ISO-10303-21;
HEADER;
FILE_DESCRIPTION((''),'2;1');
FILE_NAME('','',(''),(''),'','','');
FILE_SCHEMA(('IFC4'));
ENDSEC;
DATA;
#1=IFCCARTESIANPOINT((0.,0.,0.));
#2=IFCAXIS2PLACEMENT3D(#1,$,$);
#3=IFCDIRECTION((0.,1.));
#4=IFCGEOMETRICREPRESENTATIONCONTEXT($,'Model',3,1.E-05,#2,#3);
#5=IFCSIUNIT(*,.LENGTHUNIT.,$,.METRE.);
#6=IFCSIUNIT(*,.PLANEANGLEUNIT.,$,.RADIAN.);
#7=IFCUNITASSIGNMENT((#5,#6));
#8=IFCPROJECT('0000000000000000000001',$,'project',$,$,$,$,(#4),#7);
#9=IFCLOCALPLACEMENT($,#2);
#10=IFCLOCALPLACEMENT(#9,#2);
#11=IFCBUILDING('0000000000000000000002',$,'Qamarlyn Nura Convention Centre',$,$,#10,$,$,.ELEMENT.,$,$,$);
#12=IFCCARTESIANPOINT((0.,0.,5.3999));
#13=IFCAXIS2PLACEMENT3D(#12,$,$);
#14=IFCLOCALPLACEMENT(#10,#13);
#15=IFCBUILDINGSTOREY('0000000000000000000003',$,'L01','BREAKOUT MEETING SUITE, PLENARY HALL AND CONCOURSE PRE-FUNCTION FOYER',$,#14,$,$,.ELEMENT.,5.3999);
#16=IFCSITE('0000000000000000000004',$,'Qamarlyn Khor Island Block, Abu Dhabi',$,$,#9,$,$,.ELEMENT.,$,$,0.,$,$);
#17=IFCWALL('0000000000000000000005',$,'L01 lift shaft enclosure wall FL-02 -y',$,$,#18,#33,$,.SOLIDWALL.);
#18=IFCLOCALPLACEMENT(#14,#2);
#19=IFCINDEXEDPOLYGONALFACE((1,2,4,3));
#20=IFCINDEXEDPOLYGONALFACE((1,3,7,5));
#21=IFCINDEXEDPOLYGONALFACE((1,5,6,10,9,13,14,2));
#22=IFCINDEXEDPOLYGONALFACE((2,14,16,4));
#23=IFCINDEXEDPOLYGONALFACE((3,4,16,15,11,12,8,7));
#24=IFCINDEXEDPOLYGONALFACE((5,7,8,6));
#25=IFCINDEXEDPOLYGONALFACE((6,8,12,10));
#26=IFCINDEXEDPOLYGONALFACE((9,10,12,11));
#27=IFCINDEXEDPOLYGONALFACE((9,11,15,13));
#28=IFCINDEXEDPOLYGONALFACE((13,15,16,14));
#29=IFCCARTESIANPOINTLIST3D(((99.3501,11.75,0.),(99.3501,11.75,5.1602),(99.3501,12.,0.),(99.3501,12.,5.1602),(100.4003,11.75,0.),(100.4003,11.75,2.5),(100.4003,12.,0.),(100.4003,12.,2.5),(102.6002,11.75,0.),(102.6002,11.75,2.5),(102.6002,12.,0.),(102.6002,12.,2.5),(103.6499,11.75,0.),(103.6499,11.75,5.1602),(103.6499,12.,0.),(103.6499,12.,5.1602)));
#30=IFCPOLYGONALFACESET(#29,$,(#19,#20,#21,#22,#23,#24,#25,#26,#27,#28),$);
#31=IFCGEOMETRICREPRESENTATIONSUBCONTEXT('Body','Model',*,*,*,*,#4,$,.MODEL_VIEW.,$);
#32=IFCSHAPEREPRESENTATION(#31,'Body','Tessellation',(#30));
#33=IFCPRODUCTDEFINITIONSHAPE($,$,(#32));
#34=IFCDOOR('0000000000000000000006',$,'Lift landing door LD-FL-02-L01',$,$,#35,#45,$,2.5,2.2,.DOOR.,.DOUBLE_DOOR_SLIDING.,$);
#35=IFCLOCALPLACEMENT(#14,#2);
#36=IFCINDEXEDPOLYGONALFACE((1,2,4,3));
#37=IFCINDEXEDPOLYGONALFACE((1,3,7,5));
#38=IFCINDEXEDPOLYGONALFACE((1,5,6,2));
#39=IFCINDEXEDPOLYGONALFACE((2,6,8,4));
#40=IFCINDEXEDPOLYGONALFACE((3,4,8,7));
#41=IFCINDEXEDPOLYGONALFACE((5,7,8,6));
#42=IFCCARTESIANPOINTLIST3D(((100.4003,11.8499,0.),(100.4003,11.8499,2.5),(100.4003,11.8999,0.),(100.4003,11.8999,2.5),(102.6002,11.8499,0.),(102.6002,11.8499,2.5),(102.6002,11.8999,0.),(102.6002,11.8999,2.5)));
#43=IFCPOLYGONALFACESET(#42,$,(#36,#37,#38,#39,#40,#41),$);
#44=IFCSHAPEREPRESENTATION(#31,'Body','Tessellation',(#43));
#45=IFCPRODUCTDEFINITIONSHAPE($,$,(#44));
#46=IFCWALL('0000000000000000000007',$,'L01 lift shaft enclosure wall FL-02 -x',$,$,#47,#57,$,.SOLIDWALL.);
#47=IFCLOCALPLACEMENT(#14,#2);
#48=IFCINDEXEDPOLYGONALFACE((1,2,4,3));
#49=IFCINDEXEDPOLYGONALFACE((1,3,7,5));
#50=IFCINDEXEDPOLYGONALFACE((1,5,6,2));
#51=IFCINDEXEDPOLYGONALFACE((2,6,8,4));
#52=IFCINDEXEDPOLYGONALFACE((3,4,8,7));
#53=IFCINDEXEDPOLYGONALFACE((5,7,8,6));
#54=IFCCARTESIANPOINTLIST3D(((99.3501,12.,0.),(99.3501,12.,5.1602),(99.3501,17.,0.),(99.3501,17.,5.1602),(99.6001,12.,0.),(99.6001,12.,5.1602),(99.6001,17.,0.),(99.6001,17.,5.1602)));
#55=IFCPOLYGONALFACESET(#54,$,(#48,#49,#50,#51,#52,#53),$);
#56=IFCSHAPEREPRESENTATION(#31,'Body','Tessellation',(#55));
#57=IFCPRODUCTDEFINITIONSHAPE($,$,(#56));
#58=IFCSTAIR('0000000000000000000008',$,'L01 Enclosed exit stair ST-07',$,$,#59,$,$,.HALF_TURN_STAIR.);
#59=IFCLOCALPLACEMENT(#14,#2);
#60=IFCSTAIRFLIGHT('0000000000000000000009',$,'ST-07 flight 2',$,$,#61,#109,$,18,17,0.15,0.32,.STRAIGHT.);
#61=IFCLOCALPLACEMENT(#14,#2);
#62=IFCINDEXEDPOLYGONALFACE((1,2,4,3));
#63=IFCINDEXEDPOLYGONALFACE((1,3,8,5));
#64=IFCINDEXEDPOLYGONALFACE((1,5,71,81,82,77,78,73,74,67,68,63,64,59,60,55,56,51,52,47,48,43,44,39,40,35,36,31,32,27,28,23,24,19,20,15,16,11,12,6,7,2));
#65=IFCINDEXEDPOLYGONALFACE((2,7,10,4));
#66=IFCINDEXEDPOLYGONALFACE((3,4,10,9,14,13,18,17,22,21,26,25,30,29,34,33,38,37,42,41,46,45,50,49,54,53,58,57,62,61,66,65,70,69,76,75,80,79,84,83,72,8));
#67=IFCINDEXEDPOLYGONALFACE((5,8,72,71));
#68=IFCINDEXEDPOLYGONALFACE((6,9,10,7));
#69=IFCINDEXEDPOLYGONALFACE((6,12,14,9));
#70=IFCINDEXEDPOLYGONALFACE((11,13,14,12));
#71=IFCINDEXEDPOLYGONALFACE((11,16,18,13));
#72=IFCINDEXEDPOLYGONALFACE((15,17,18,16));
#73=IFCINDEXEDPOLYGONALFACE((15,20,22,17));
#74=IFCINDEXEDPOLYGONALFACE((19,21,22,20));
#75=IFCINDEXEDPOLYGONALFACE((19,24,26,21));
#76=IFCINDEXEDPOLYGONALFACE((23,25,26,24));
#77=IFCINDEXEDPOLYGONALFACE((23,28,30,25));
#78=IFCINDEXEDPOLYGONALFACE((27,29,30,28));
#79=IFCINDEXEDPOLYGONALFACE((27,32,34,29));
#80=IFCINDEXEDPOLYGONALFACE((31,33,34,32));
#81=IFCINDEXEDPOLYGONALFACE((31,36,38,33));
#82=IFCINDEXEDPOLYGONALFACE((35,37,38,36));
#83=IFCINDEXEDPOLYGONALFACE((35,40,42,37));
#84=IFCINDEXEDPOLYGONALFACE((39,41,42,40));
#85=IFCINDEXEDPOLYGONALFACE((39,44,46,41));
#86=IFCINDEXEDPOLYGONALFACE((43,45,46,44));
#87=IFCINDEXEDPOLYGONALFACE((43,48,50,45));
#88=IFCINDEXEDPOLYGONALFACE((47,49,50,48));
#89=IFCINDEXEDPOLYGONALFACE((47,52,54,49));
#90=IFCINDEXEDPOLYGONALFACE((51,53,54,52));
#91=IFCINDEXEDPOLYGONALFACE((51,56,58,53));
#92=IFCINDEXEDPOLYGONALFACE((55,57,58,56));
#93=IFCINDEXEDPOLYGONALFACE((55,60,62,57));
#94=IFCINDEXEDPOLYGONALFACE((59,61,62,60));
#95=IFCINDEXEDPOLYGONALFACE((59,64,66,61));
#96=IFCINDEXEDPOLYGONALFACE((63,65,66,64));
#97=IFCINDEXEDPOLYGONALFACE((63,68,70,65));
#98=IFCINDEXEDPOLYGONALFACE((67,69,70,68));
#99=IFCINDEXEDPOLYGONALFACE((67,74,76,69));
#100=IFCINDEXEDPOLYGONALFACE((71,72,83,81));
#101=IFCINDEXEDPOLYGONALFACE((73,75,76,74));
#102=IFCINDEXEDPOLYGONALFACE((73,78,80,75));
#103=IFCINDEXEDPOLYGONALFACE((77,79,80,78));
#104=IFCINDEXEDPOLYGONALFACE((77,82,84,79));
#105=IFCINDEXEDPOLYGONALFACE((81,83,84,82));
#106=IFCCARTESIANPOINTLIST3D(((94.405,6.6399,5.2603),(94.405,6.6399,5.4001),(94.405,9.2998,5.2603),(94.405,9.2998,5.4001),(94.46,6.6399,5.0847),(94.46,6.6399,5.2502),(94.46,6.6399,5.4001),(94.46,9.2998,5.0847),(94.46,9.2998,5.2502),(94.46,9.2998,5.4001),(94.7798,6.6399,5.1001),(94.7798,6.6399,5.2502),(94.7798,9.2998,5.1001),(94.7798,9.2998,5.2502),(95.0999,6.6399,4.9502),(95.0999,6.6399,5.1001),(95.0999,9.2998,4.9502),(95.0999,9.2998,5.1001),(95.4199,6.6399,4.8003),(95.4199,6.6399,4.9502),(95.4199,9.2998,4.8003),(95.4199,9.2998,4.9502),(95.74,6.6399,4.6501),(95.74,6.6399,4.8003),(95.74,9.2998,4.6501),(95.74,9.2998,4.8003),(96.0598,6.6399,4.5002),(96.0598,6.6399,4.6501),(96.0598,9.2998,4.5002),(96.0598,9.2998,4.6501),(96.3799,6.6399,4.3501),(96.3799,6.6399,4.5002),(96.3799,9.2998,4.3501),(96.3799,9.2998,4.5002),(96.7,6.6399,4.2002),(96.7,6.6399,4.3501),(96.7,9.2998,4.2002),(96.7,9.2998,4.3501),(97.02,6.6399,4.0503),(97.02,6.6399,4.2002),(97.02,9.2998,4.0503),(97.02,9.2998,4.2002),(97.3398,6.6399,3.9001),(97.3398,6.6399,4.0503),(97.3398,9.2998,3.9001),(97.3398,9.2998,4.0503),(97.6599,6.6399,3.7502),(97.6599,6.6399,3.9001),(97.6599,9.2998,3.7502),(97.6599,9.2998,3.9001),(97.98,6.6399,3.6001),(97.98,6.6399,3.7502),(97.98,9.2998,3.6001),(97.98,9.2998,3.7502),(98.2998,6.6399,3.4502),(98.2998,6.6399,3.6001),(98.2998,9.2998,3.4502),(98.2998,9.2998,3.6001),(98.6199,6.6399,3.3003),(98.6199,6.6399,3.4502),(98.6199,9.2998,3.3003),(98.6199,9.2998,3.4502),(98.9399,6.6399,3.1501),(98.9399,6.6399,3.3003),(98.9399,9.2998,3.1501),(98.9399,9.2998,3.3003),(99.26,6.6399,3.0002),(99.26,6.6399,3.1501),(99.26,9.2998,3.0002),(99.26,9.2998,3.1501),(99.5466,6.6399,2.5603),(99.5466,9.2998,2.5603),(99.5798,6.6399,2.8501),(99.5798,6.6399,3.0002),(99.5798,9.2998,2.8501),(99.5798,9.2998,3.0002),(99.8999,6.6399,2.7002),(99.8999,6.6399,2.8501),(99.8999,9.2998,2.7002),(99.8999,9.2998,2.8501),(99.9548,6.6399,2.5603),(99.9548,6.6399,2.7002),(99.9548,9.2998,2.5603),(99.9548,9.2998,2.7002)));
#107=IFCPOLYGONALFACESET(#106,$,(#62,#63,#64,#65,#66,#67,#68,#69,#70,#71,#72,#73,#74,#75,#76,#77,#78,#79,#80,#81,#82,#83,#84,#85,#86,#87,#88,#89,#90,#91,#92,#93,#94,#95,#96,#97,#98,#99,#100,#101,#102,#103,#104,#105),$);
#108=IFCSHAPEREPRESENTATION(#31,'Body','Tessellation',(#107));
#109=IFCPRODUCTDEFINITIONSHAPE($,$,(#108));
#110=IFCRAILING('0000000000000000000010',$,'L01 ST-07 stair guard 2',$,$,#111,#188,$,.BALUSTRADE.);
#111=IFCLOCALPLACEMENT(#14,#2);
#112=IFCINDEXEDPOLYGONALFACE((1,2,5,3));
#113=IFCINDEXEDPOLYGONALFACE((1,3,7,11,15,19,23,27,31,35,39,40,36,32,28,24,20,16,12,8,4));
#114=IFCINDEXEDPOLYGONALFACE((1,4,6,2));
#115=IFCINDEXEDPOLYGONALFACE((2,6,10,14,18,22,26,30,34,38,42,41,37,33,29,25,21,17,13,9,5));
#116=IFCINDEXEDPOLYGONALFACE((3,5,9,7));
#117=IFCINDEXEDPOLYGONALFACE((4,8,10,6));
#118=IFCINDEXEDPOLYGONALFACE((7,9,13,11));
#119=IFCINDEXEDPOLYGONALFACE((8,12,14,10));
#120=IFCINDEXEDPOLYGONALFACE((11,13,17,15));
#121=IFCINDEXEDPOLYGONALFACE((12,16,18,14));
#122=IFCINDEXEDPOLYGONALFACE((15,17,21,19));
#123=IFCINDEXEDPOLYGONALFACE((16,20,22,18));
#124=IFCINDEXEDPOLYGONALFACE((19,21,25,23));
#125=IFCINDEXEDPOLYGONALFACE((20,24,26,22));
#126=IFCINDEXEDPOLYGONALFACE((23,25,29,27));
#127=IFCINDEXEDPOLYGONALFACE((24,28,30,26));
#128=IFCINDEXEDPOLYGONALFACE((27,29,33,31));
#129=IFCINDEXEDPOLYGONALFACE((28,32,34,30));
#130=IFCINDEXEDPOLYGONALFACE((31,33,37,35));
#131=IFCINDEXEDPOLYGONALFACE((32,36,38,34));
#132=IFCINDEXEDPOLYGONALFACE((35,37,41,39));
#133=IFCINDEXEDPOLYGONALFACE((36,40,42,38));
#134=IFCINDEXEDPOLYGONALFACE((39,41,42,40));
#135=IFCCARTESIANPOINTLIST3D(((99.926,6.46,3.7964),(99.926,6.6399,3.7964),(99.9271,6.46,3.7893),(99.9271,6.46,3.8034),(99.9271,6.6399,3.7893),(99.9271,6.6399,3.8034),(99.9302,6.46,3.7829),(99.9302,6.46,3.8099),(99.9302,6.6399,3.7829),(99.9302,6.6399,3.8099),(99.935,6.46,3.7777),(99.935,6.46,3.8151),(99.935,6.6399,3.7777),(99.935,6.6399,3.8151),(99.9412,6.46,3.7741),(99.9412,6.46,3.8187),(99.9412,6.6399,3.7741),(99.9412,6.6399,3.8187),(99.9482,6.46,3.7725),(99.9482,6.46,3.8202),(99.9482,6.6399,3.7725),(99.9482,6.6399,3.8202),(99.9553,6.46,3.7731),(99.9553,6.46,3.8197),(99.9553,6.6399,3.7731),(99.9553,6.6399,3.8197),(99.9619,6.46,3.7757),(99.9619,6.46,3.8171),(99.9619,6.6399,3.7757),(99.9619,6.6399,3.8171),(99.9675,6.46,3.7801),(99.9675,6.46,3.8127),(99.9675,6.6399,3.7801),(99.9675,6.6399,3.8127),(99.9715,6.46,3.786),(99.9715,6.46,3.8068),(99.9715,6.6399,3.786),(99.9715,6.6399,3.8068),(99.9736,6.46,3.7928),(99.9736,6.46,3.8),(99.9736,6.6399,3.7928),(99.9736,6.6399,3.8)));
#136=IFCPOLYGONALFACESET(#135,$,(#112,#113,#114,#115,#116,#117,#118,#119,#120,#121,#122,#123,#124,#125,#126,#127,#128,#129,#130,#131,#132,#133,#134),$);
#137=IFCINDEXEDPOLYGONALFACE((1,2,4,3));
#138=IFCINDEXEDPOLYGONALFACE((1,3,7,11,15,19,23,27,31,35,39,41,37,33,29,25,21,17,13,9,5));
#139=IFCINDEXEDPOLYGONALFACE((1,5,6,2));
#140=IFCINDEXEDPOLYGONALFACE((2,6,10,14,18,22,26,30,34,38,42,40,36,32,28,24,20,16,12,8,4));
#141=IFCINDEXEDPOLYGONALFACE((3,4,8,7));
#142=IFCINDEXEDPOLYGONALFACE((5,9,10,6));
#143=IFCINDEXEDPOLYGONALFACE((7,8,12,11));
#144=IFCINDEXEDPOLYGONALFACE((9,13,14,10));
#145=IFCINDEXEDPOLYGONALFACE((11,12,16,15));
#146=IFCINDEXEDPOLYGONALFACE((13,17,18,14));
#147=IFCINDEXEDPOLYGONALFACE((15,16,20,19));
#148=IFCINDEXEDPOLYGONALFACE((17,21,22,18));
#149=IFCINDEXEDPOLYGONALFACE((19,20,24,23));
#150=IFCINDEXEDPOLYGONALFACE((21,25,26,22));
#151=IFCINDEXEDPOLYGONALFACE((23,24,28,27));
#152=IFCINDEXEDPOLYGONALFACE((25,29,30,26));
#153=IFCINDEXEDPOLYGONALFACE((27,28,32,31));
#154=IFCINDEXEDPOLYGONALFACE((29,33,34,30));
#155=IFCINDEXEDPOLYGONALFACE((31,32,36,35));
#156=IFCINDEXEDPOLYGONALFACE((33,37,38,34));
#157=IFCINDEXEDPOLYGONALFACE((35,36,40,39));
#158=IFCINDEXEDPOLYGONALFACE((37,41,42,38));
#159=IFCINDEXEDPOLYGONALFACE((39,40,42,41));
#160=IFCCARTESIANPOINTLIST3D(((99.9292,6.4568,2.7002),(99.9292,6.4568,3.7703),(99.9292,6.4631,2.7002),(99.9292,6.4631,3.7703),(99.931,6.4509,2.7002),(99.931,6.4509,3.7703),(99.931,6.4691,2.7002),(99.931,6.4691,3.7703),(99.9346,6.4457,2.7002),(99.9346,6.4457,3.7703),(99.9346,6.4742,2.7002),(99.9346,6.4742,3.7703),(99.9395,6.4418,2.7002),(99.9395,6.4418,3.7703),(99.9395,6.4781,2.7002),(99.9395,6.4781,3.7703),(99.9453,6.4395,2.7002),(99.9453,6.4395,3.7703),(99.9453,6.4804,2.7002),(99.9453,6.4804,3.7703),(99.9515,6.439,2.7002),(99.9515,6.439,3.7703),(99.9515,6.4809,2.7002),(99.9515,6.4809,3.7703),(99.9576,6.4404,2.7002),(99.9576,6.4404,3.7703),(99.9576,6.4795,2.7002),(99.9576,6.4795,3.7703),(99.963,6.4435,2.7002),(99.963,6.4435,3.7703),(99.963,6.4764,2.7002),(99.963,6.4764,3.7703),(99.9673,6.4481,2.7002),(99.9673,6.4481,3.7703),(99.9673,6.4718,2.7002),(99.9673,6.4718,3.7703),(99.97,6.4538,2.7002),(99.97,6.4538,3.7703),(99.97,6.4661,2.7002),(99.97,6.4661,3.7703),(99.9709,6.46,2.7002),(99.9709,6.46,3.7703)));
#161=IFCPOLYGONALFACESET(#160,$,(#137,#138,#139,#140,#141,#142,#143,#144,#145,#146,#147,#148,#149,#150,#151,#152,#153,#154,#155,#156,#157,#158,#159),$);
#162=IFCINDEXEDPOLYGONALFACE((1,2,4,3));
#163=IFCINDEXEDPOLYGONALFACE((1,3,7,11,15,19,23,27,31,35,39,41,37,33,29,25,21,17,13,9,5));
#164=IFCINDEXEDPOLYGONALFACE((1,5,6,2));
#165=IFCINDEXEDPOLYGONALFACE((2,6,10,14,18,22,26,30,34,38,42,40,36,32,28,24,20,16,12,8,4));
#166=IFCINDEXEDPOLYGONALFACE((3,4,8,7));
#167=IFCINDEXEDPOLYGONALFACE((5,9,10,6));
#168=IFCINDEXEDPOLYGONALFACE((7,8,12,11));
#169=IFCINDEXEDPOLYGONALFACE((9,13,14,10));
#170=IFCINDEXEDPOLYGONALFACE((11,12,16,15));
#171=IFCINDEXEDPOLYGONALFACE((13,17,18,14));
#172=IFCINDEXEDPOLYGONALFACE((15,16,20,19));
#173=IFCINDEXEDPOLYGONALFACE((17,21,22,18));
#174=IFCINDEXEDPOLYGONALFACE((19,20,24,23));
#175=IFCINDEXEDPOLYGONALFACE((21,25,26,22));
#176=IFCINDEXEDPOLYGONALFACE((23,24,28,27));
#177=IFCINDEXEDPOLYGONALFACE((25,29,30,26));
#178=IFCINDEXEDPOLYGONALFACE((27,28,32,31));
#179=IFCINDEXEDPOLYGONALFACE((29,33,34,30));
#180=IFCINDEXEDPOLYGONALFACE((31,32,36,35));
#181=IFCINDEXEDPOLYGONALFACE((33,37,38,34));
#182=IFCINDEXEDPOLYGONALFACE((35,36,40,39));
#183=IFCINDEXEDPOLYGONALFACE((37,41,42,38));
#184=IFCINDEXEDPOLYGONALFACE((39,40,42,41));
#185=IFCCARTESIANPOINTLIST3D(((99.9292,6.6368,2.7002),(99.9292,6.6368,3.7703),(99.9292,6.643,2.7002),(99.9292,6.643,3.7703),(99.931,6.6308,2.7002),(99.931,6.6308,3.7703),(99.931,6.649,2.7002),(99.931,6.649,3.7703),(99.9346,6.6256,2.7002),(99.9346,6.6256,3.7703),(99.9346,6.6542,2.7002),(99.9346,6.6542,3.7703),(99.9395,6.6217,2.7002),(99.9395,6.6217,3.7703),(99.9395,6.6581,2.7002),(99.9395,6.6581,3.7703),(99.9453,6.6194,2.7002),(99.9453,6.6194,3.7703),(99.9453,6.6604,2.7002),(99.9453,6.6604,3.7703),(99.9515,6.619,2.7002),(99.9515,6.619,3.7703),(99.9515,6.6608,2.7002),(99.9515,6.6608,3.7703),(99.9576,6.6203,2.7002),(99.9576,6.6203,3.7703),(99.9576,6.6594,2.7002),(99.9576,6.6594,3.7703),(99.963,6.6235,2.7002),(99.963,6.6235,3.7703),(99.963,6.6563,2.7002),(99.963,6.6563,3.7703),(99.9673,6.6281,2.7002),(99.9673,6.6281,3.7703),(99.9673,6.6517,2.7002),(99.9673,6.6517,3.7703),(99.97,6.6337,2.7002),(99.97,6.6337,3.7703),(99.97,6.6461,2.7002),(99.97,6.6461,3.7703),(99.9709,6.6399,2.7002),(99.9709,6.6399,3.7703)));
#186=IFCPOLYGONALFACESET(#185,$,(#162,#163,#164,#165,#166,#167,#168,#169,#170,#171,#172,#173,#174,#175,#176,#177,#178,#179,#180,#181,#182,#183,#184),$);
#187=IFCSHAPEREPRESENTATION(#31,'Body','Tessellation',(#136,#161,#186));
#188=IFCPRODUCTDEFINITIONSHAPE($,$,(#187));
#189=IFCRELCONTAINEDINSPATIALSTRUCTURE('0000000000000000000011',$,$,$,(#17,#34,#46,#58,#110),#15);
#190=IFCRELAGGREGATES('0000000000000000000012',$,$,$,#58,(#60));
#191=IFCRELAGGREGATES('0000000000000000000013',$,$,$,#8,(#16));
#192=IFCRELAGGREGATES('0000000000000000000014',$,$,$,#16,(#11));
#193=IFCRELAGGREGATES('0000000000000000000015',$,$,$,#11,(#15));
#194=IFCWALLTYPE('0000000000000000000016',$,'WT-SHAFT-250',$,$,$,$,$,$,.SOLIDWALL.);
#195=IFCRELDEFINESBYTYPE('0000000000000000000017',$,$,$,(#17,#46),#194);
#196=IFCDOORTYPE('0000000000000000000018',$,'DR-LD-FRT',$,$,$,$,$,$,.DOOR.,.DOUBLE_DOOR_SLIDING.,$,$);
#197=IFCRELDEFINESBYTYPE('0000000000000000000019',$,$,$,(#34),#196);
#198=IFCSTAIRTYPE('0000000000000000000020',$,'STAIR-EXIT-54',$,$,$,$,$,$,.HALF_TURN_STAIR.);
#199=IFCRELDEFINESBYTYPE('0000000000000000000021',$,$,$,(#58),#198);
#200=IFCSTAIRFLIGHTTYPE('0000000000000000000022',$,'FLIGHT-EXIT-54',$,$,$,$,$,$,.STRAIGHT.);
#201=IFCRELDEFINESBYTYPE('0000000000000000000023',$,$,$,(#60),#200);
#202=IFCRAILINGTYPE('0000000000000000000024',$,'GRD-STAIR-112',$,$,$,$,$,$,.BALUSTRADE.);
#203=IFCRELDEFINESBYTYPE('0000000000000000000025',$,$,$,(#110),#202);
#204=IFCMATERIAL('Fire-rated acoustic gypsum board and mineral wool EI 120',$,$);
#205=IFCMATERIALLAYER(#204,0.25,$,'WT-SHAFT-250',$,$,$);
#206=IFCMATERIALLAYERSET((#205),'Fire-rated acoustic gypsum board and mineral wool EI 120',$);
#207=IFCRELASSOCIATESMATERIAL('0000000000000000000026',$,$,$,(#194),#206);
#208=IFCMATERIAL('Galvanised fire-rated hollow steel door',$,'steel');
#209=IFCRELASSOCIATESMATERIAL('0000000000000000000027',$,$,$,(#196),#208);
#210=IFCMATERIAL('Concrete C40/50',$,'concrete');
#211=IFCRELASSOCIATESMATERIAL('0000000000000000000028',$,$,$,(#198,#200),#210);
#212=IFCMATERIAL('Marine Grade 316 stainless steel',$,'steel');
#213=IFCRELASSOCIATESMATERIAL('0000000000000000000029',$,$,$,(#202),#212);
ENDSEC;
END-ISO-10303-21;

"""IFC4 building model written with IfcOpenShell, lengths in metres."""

from ifc_helpers import new_model, si_unit, direction, frame, frame_2d, origin, origin_2d, place, context, subcontext, project, spatial, polyline, rectangle, circle, outline, extrude, material, layer, layer_set, type_object, element, fill, aggregate, save


model = new_model("IFC4")

# Units and contexts
model_context = context("Model", 3, precision=1e-05, world=origin(), true_north=direction((0.0, 1.0)))
body_context = subcontext(model_context, "Body", "Model", "MODEL_VIEW")
ifc_project = project(units=[si_unit("LENGTHUNIT", "METRE"), si_unit("PLANEANGLEUNIT", "RADIAN")], contexts=[model_context])

# Site, building, storey
site_placement = place(None, origin())
site = spatial("IfcSite", under=ifc_project, at=site_placement, Name="Qamarlyn Khor Island Block, Abu Dhabi", CompositionType="ELEMENT", RefElevation=0.0)
building_placement = place(site_placement, origin())
building = spatial("IfcBuilding", under=site, at=building_placement, Name="Qamarlyn Nura Convention Centre", CompositionType="ELEMENT")
storey_placement = place(building_placement, frame((0.0, 0.0, 5.3999)))
storey = spatial("IfcBuildingStorey", under=building, at=storey_placement, Name="L01", Description="BREAKOUT MEETING SUITE, PLENARY HALL AND CONCOURSE PRE-FUNCTION FOYER", CompositionType="ELEMENT", Elevation=5.3999)

# Wall, opening, door
ifc_material_1 = material(Name="Fire-rated acoustic gypsum board and mineral wool EI 120")
ifc_layer_1 = layer(ifc_material_1, 0.25, Name="WT-SHAFT-250")
ifc_layer_set_1 = layer_set([ifc_layer_1], Name="Fire-rated acoustic gypsum board and mineral wool EI 120")
wall_type_1 = type_object("IfcWallType", Name="WT-SHAFT-250", PredefinedType="SOLIDWALL", material=ifc_layer_set_1)
wall_1_placement = place(storey_placement, frame((99.3501, 11.875, 0.0), z_axis=(0.0, 0.0, 1.0), x_axis=(1.0, 0.0, 0.0)))
wall_1 = element("IfcWall", 1, at=wall_1_placement, inside=storey, type_object=wall_type_1, Name="L01 lift shaft enclosure wall FL-02 -y", PredefinedType="SOLIDWALL", context=body_context, shape_type="SweptSolid", body=[
    extrude(rectangle(XDim=4.2998, YDim=0.25, at=frame_2d((2.1499, 0.0))), origin(), (0.0, 0.0, 1.0), 5.1602),
])
opening_placement = place(wall_1_placement, frame((1.05, 0.0, 0.0)))
opening = element("IfcOpeningElement", 2, at=opening_placement, cuts=wall_1, PredefinedType="OPENING", context=body_context, shape_type="SweptSolid", body=[
    extrude(rectangle(XDim=2.2, YDim=2.5, at=frame_2d((1.1001, 1.25))), frame((0.0, 0.135, 0.0), z_axis=(0.0, -1.0, 0.0), x_axis=(1.0, 0.0, 0.0)), (0.0, 0.0, 1.0), 0.27),
])
ifc_material_2 = material(Name="Galvanised fire-rated hollow steel door", Category="steel")
door_type = type_object("IfcDoorType", Name="DR-LD-FRT", OperationType="DOUBLE_DOOR_SLIDING", PredefinedType="DOOR", material=ifc_material_2)
door_placement = place(opening_placement, origin())
door = element("IfcDoor", 3, at=door_placement, inside=storey, type_object=door_type, Name="Lift landing door LD-FL-02-L01", OperationType="DOUBLE_DOOR_SLIDING", OverallHeight=2.5, OverallWidth=2.2, PredefinedType="DOOR", context=body_context, shape_type="SweptSolid", body=[
    extrude(rectangle(XDim=2.2, YDim=2.5, at=frame_2d((1.1001, 1.25))), frame((0.0, 0.0249, 0.0), z_axis=(0.0, -1.0, 0.0), x_axis=(1.0, 0.0, 0.0)), (0.0, 0.0, 1.0), 0.05),
])
fill(opening, door)

# Wall
wall_2_placement = place(storey_placement, frame((99.4751, 17.0, 0.0), z_axis=(0.0, 0.0, 1.0), x_axis=(0.0, -1.0, 0.0)))
element("IfcWall", 4, at=wall_2_placement, inside=storey, type_object=wall_type_1, Name="L01 lift shaft enclosure wall FL-02 -x", PredefinedType="SOLIDWALL", context=body_context, shape_type="SweptSolid", body=[
    extrude(rectangle(XDim=5.0, YDim=0.25, at=frame_2d((2.5, 0.0))), origin(), (0.0, 0.0, 1.0), 5.1602),
])

# Stair, stair flight
ifc_material_3 = material(Name="Concrete C40/50", Category="concrete")
stair_type = type_object("IfcStairType", Name="STAIR-EXIT-54", PredefinedType="HALF_TURN_STAIR", material=ifc_material_3)
stair_placement = place(storey_placement, origin())
stair = element("IfcStair", 5, at=stair_placement, inside=storey, type_object=stair_type, Name="L01 Enclosed exit stair ST-07", PredefinedType="HALF_TURN_STAIR")
stair_flight_type = type_object("IfcStairFlightType", Name="FLIGHT-EXIT-54", PredefinedType="STRAIGHT", material=ifc_material_3)
stair_flight_placement = place(storey_placement, frame((99.8999, 7.97, 2.7002), z_axis=(0.0, 0.0, 1.0), x_axis=(-1.0, 0.0, 0.0)))
stair_flight = element("IfcStairFlight", 6, at=stair_flight_placement, type_object=stair_flight_type, Name="ST-07 flight 2", NumberOfRisers=18, NumberOfTreads=17, PredefinedType="STRAIGHT", RiserHeight=0.15, TreadLength=0.32, context=body_context, shape_type="SweptSolid", body=[
    extrude(outline(polyline([(-0.0549, 0.0), (0.0, 0.0), (0.0, 0.1499), (0.3201, 0.1499), (0.3201, 0.3), (0.6399, 0.3), (0.6399, 0.45), (0.96, 0.45), (0.96, 0.6001), (1.28, 0.6001), (1.28, 0.75), (1.6001, 0.75), (1.6001, 0.8999), (1.9199, 0.8999), (1.9199, 1.05), (2.24, 1.05), (2.24, 1.2), (2.5601, 1.2), (2.5601, 1.3501), (2.8799, 1.3501), (2.8799, 1.5), (3.2, 1.5), (3.2, 1.6499), (3.52, 1.6499), (3.52, 1.8), (3.8401, 1.8), (3.8401, 1.95), (4.1599, 1.95), (4.1599, 2.1001), (4.48, 2.1001), (4.48, 2.25), (4.8, 2.25), (4.8, 2.3999), (5.1201, 2.3999), (5.1201, 2.55), (5.4399, 2.55), (5.4399, 2.7), (5.4949, 2.7), (5.4949, 2.5601), (5.4399, 2.3845), (0.3533, -0.1399), (-0.0549, -0.1399), (-0.0549, 0.0)])), frame((0.0, 1.3301, 0.0), z_axis=(0.0, -1.0, 0.0), x_axis=(1.0, 0.0, 0.0)), (0.0, 0.0, 1.0), 2.6599),
])
aggregate(stair, [stair_flight])

# Railing
ifc_material_4 = material(Name="Marine Grade 316 stainless steel", Category="steel")
railing_type_1 = type_object("IfcRailingType", Name="GRD-STAIR-112", PredefinedType="BALUSTRADE", material=ifc_material_4)
railing_1_placement = place(storey_placement, frame((99.95, 6.46, 2.7002)))
element("IfcRailing", 7, at=railing_1_placement, inside=storey, type_object=railing_type_1, Name="L01 ST-07 stair guard 2", PredefinedType="BALUSTRADE", context=body_context, shape_type="SweptSolid", body=[
    extrude(circle(Radius=0.0239, at=origin_2d()), frame((0.0, 0.0, 1.0962), z_axis=(0.0, 1.0, 0.0), x_axis=(-1.0, 0.0, 0.0)), (0.0, 0.0, 1.0), 0.1799),
    extrude(circle(Radius=0.021, at=origin_2d()), origin(), (0.0, 0.0, 1.0), 1.0701),
    extrude(circle(Radius=0.021, at=origin_2d()), frame((0.0, 0.1799, 0.0)), (0.0, 0.0, 1.0), 1.0701),
])

save(model, "model.ifc")
